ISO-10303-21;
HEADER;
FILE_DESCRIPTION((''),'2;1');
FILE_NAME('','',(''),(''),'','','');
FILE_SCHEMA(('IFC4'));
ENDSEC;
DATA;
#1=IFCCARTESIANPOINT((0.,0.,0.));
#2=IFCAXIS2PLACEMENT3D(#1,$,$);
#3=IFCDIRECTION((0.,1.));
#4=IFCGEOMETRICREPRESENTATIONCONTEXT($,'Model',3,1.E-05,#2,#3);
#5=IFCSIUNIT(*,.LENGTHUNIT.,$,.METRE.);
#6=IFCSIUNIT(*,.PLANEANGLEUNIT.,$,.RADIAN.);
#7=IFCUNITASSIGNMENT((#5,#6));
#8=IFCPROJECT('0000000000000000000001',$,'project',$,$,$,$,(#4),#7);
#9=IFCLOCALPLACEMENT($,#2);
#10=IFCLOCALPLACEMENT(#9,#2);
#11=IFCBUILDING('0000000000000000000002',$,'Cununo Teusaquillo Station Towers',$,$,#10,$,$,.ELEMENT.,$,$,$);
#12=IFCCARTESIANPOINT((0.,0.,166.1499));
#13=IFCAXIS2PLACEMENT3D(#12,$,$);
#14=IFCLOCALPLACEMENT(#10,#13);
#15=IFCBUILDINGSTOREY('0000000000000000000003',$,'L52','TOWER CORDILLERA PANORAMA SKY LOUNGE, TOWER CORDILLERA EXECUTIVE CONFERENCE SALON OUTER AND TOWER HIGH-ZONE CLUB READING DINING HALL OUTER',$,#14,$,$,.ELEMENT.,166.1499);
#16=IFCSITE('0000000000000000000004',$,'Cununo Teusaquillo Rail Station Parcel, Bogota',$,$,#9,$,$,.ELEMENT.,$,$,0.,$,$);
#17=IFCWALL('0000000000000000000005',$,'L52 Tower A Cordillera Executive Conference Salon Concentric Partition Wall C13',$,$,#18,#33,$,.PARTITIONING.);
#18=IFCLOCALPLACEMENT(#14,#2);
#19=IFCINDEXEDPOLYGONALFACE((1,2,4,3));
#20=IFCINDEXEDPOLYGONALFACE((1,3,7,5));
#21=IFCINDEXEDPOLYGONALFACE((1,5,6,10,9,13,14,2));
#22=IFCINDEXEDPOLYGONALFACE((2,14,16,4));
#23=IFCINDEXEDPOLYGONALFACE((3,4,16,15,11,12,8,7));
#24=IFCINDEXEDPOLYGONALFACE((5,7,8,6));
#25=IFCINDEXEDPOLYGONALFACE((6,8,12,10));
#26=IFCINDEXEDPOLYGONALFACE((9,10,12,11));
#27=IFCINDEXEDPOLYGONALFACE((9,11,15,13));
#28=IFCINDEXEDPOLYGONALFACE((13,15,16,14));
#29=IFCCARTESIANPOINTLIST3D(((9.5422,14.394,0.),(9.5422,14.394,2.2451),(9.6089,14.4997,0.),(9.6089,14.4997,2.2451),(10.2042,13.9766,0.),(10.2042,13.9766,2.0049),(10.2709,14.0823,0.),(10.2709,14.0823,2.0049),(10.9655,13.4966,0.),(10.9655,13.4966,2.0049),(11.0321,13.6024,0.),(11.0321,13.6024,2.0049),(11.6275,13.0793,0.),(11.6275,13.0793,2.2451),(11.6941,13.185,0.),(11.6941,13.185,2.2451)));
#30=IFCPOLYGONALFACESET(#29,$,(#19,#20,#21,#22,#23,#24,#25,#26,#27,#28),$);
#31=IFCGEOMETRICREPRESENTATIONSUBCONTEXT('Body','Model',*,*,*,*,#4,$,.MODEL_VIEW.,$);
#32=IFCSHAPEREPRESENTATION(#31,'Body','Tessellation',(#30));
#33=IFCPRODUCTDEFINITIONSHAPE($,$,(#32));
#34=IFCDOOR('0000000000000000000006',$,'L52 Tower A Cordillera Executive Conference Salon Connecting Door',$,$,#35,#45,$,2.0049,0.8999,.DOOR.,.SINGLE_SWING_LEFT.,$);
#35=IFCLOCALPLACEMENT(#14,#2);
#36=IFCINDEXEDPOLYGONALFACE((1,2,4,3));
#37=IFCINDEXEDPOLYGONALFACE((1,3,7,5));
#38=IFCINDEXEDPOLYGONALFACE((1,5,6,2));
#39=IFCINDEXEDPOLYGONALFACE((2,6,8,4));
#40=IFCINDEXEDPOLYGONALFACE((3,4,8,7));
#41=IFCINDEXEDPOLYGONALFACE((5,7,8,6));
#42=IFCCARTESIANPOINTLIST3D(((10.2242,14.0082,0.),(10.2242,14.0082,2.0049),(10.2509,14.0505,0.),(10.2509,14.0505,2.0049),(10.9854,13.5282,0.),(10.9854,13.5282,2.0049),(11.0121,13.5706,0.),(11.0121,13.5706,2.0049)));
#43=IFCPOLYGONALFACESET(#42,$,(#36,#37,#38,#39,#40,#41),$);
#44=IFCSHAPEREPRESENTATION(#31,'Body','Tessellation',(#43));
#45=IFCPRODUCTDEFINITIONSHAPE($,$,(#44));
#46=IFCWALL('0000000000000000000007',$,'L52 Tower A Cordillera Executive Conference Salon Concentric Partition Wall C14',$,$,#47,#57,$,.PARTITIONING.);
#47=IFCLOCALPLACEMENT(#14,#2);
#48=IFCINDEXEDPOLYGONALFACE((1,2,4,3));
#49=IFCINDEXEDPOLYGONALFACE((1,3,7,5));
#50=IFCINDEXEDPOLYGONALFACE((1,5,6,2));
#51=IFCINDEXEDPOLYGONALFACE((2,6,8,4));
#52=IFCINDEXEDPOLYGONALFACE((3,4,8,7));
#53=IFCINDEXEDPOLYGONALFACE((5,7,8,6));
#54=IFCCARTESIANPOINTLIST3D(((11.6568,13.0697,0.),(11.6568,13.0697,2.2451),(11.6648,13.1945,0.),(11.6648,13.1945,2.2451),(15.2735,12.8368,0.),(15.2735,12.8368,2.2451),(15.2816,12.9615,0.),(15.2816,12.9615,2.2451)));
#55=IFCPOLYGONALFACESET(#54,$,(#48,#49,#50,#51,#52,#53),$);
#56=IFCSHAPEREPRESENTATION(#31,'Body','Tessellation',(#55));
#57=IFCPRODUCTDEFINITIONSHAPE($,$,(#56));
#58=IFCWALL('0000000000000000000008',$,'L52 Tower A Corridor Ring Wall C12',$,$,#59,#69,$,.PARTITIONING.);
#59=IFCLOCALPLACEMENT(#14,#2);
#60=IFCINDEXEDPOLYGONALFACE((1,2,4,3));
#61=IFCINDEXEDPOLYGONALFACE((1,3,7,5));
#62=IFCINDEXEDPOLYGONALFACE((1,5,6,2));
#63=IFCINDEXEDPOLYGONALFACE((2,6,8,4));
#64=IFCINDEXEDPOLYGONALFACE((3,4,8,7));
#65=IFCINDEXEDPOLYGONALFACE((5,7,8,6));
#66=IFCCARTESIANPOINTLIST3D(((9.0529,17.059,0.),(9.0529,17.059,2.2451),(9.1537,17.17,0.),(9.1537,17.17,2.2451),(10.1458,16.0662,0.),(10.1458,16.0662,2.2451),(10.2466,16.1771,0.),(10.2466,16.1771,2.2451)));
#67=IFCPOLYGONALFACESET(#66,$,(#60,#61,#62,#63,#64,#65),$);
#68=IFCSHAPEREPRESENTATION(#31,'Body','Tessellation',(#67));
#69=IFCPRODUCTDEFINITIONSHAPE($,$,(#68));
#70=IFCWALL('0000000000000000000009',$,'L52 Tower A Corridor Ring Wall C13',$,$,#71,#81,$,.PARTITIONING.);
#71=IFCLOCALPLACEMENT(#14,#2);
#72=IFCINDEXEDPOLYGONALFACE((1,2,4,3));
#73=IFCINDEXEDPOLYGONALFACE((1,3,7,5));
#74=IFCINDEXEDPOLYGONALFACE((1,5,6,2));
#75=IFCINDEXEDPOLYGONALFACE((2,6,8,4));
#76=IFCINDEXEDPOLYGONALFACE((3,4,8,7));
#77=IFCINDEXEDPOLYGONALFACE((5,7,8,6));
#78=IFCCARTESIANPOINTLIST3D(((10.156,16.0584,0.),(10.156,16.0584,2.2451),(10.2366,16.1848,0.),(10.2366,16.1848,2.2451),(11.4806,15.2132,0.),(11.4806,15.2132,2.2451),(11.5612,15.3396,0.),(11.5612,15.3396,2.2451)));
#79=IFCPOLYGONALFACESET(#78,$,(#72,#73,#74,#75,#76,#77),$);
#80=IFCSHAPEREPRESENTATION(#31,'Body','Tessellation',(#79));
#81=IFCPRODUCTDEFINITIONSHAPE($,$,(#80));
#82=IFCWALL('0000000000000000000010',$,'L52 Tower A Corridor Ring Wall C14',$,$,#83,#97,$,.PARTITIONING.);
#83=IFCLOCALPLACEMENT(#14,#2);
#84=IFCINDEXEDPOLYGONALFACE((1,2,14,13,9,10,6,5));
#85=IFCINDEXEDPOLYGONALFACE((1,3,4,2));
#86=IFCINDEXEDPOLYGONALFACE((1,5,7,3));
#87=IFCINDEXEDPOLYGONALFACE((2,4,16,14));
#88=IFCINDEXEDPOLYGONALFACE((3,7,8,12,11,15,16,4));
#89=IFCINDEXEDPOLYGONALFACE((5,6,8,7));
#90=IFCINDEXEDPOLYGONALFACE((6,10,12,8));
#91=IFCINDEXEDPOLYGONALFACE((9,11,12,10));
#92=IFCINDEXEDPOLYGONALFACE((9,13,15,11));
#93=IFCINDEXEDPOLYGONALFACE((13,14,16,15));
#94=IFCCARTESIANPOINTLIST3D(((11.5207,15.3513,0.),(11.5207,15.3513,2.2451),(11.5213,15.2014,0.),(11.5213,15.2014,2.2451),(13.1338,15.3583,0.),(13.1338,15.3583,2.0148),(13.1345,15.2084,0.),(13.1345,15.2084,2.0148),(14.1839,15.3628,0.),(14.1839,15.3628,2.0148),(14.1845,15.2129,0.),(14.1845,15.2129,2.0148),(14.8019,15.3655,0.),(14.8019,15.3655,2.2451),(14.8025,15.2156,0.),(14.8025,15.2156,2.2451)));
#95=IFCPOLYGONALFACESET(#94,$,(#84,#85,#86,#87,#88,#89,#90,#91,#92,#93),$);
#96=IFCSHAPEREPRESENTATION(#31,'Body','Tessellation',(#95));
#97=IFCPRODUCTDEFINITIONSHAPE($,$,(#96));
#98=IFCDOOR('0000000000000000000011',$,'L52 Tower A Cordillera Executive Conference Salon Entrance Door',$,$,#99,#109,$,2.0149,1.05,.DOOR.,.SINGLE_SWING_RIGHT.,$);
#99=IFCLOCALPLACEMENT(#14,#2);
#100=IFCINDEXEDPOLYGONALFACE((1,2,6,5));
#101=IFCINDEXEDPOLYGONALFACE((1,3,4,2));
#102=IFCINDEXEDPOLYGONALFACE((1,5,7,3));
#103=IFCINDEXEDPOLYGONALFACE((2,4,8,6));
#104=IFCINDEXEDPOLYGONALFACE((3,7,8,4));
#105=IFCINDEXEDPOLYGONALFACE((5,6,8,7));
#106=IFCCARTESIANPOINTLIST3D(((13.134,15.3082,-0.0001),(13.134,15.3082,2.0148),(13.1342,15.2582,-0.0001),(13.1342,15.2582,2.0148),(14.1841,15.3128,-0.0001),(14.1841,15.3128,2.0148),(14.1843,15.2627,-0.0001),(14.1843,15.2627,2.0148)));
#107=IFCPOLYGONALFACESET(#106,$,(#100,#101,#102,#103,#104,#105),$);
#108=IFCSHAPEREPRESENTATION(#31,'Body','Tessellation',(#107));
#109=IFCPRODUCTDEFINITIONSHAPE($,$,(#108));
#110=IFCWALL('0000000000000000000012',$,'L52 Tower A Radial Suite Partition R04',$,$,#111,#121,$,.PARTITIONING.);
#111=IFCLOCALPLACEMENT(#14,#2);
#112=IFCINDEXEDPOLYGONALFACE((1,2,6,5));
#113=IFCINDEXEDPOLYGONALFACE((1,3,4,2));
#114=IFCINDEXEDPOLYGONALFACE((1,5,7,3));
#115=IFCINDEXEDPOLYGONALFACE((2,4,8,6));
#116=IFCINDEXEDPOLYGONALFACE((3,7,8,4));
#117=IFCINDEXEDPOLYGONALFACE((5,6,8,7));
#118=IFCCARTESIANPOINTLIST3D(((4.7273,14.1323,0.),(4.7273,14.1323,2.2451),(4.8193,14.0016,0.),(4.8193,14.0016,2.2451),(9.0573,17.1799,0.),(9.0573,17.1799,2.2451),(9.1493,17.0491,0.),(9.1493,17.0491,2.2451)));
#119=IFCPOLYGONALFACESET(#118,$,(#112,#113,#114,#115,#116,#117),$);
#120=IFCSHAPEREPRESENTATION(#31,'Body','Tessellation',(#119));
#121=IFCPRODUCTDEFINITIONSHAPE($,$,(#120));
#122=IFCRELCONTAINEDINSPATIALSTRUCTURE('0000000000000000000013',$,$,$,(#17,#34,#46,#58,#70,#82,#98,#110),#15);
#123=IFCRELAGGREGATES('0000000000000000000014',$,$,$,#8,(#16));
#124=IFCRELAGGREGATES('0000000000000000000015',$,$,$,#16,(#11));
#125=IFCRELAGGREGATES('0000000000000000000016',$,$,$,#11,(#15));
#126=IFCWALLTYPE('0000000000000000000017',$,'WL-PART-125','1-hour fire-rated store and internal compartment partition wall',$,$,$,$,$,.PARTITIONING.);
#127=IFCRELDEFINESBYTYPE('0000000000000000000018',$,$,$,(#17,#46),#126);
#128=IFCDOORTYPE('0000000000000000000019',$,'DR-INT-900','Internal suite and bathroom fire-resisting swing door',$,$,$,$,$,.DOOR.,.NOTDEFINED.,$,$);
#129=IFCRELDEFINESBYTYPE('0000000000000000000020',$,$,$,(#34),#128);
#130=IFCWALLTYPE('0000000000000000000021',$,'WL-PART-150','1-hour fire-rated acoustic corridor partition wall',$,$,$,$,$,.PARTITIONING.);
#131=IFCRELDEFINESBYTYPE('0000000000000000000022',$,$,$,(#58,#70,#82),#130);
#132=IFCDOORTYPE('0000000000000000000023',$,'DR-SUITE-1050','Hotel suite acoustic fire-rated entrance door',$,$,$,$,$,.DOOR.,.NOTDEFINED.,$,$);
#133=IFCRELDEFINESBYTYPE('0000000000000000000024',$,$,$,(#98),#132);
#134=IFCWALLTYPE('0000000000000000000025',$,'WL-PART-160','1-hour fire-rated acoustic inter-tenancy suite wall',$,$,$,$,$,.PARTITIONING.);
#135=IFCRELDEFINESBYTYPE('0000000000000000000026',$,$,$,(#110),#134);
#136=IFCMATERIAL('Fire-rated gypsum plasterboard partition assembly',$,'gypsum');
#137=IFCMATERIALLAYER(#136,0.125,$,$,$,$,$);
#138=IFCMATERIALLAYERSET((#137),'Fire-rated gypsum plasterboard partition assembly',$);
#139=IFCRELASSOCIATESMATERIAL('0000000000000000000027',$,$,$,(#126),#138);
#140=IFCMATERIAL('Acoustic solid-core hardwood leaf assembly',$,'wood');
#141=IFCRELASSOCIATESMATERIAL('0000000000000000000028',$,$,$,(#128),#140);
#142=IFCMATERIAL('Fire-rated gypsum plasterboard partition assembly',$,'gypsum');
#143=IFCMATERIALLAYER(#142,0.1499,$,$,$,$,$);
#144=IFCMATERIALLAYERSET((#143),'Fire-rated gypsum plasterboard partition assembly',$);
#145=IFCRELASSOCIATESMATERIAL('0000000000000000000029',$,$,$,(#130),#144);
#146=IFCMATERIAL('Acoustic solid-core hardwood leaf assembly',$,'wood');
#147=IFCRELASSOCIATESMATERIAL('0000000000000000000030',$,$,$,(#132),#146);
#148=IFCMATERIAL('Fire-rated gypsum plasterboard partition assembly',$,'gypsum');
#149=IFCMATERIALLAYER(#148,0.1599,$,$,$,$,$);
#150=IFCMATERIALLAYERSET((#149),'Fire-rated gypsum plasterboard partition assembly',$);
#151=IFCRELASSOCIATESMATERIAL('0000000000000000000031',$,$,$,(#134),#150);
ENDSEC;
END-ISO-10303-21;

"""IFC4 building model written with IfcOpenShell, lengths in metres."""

from ifc_helpers import new_model, si_unit, direction, frame, frame_2d, origin, place, context, subcontext, project, spatial, rectangle, extrude, source, transform, mapped, material, layer, layer_set, type_object, element, fill, save


model = new_model("IFC4")

# Units and contexts
model_context = context("Model", 3, precision=1e-05, world=origin(), true_north=direction((0.0, 1.0)))
body_context = subcontext(model_context, "Body", "Model", "MODEL_VIEW")
ifc_project = project(units=[si_unit("LENGTHUNIT", "METRE"), si_unit("PLANEANGLEUNIT", "RADIAN")], contexts=[model_context])

# Site, building, storey
site_placement = place(None, origin())
site = spatial("IfcSite", under=ifc_project, at=site_placement, Name="Cununo Teusaquillo Rail Station Parcel, Bogota", CompositionType="ELEMENT", RefElevation=0.0)
building_placement = place(site_placement, origin())
building = spatial("IfcBuilding", under=site, at=building_placement, Name="Cununo Teusaquillo Station Towers", CompositionType="ELEMENT")
storey_placement = place(building_placement, frame((0.0, 0.0, 166.1499)))
storey = spatial("IfcBuildingStorey", under=building, at=storey_placement, Name="L52", Description="TOWER CORDILLERA PANORAMA SKY LOUNGE, TOWER CORDILLERA EXECUTIVE CONFERENCE SALON OUTER AND TOWER HIGH-ZONE CLUB READING DINING HALL OUTER", CompositionType="ELEMENT", Elevation=166.1499)

# Shared definitions
ifc_material_1 = material(Name="Fire-rated gypsum plasterboard partition assembly", Category="gypsum")
ifc_layer_1 = layer(ifc_material_1, 0.125)
ifc_layer_set_1 = layer_set([ifc_layer_1], Name="Fire-rated gypsum plasterboard partition assembly")
wall_type_1 = type_object("IfcWallType", Name="WL-PART-125", Description="1-hour fire-rated store and internal compartment partition wall", PredefinedType="PARTITIONING", material=ifc_layer_set_1)

# Wall, opening, door
wall_1_placement = place(storey_placement, frame((9.5757, 14.4468, 0.0), z_axis=(0.0, 0.0, 1.0), x_axis=(0.845905, -0.533333, 0.0)))
wall_1 = element("IfcWall", 1, at=wall_1_placement, inside=storey, type_object=wall_type_1, Name="L52 Tower A Cordillera Executive Conference Salon Concentric Partition Wall C13", PredefinedType="PARTITIONING", context=body_context, shape_type="SweptSolid", body=[
    extrude(rectangle(XDim=2.4651, YDim=0.125, at=frame_2d((1.2324, 0.0))), origin(), (0.0, 0.0, 1.0), 2.2451),
])
shared_shape_1 = source(origin(), body_context, "Body", "SweptSolid", [
    extrude(rectangle(XDim=0.8999, YDim=2.0049, at=frame_2d((0.45, 1.0024))), frame((0.0, 0.0725, 0.0), z_axis=(0.0, -1.0, 0.0), x_axis=(1.0, 0.0, 0.0)), (0.0, 0.0, 1.0), 0.145),
])
opening_1_placement = place(wall_1_placement, frame((0.7825, 0.0, 0.0)))
opening_1 = element("IfcOpeningElement", 2, at=opening_1_placement, cuts=wall_1, PredefinedType="OPENING", context=body_context, shape_type="MappedRepresentation", body=[
    mapped(shared_shape_1, transform((0.0, 0.0, 0.0), x_axis=(1.0, 0.0, 0.0), y_axis=(0.0, 1.0, 0.0), z_axis=(0.0, 0.0, 1.0), scale=1.0)),
])
ifc_material_2 = material(Name="Acoustic solid-core hardwood leaf assembly", Category="wood")
door_type_1 = type_object("IfcDoorType", Name="DR-INT-900", Description="Internal suite and bathroom fire-resisting swing door", OperationType="NOTDEFINED", PredefinedType="DOOR", material=ifc_material_2)
shared_shape_2 = source(origin(), body_context, "Body", "SweptSolid", [
    extrude(rectangle(XDim=0.8999, YDim=2.0049, at=frame_2d((0.45, 1.0024))), frame((0.0, 0.0249, 0.0), z_axis=(0.0, -1.0, 0.0), x_axis=(1.0, 0.0, 0.0)), (0.0, 0.0, 1.0), 0.05),
])
door_1_placement = place(opening_1_placement, origin())
door_1 = element("IfcDoor", 3, at=door_1_placement, inside=storey, type_object=door_type_1, Name="L52 Tower A Cordillera Executive Conference Salon Connecting Door", OperationType="SINGLE_SWING_LEFT", OverallHeight=2.0049, OverallWidth=0.8999, PredefinedType="DOOR", context=body_context, shape_type="MappedRepresentation", body=[
    mapped(shared_shape_2, transform((0.0, 0.0, 0.0), x_axis=(1.0, 0.0, 0.0), y_axis=(0.0, 1.0, 0.0), z_axis=(0.0, 0.0, 1.0), scale=1.0)),
])
fill(opening_1, door_1)

# Walls
wall_2_placement = place(storey_placement, frame((11.6609, 13.1321, 0.0), z_axis=(0.0, 0.0, 1.0), x_axis=(0.997933, -0.064265, 0.0)))
element("IfcWall", 4, at=wall_2_placement, inside=storey, type_object=wall_type_1, Name="L52 Tower A Cordillera Executive Conference Salon Concentric Partition Wall C14", PredefinedType="PARTITIONING", context=body_context, shape_type="SweptSolid", body=[
    extrude(rectangle(XDim=3.6243, YDim=0.125, at=frame_2d((1.812, 0.0))), origin(), (0.0, 0.0, 1.0), 2.2451),
])
ifc_material_3 = material(Name="Fire-rated gypsum plasterboard partition assembly", Category="gypsum")
ifc_layer_2 = layer(ifc_material_3, 0.1499)
ifc_layer_set_2 = layer_set([ifc_layer_2], Name="Fire-rated gypsum plasterboard partition assembly")
wall_type_2 = type_object("IfcWallType", Name="WL-PART-150", Description="1-hour fire-rated acoustic corridor partition wall", PredefinedType="PARTITIONING", material=ifc_layer_set_2)
wall_3_placement = place(storey_placement, frame((9.1033, 17.1145, 0.0), z_axis=(0.0, 0.0, 1.0), x_axis=(0.740187, -0.672401, 0.0)))
element("IfcWall", 5, at=wall_3_placement, inside=storey, type_object=wall_type_2, Name="L52 Tower A Corridor Ring Wall C12", PredefinedType="PARTITIONING", context=body_context, shape_type="SweptSolid", body=[
    extrude(rectangle(XDim=1.4766, YDim=0.1499, at=frame_2d((0.7383, 0.0))), origin(), (0.0, 0.0, 1.0), 2.2451),
])
wall_4_placement = place(storey_placement, frame((10.1963, 16.1216, 0.0), z_axis=(0.0, 0.0, 1.0), x_axis=(0.843021, -0.53788, 0.0)))
element("IfcWall", 6, at=wall_4_placement, inside=storey, type_object=wall_type_2, Name="L52 Tower A Corridor Ring Wall C13", PredefinedType="PARTITIONING", context=body_context, shape_type="SweptSolid", body=[
    extrude(rectangle(XDim=1.5713, YDim=0.1499, at=frame_2d((0.7856, 0.0))), origin(), (0.0, 0.0, 1.0), 2.2451),
])

# Wall, opening, door
wall_5_placement = place(storey_placement, frame((11.521, 15.2764, 0.0), z_axis=(0.0, 0.0, 1.0), x_axis=(0.999991, 0.004315, 0.0)))
wall_5 = element("IfcWall", 7, at=wall_5_placement, inside=storey, type_object=wall_type_2, Name="L52 Tower A Corridor Ring Wall C14", PredefinedType="PARTITIONING", context=body_context, shape_type="SweptSolid", body=[
    extrude(rectangle(XDim=3.2812, YDim=0.1499, at=frame_2d((1.6406, 0.0))), origin(), (0.0, 0.0, 1.0), 2.2451),
])
shared_shape_3 = source(origin(), body_context, "Body", "SweptSolid", [
    extrude(rectangle(XDim=1.05, YDim=2.0149, at=frame_2d((0.5249, 1.0073))), frame((0.0, 0.085, 0.0), z_axis=(0.0, -1.0, 0.0), x_axis=(1.0, 0.0, 0.0)), (0.0, 0.0, 1.0), 0.1699),
])
opening_2_placement = place(wall_5_placement, frame((1.6133, 0.0, 0.0)))
opening_2 = element("IfcOpeningElement", 8, at=opening_2_placement, cuts=wall_5, PredefinedType="OPENING", context=body_context, shape_type="MappedRepresentation", body=[
    mapped(shared_shape_3, transform((0.0, 0.0, 0.0), x_axis=(1.0, 0.0, 0.0), y_axis=(0.0, 1.0, 0.0), z_axis=(0.0, 0.0, 1.0), scale=1.0)),
])
ifc_material_4 = material(Name="Acoustic solid-core hardwood leaf assembly", Category="wood")
door_type_2 = type_object("IfcDoorType", Name="DR-SUITE-1050", Description="Hotel suite acoustic fire-rated entrance door", OperationType="NOTDEFINED", PredefinedType="DOOR", material=ifc_material_4)
shared_shape_4 = source(origin(), body_context, "Body", "SweptSolid", [
    extrude(rectangle(XDim=1.05, YDim=2.0149, at=frame_2d((0.5249, 1.0073))), frame((0.0, 0.0249, 0.0), z_axis=(0.0, -1.0, 0.0), x_axis=(1.0, 0.0, 0.0)), (0.0, 0.0, 1.0), 0.05),
])
door_2_placement = place(opening_2_placement, origin())
door_2 = element("IfcDoor", 9, at=door_2_placement, inside=storey, type_object=door_type_2, Name="L52 Tower A Cordillera Executive Conference Salon Entrance Door", OperationType="SINGLE_SWING_RIGHT", OverallHeight=2.0149, OverallWidth=1.05, PredefinedType="DOOR", context=body_context, shape_type="MappedRepresentation", body=[
    mapped(shared_shape_4, transform((0.0, 0.0, 0.0), x_axis=(1.0, 0.0, 0.0), y_axis=(0.0, 1.0, 0.0), z_axis=(0.0, 0.0, 1.0), scale=1.0)),
])
fill(opening_2, door_2)

# Wall
ifc_material_5 = material(Name="Fire-rated gypsum plasterboard partition assembly", Category="gypsum")
ifc_layer_3 = layer(ifc_material_5, 0.1599)
ifc_layer_set_3 = layer_set([ifc_layer_3], Name="Fire-rated gypsum plasterboard partition assembly")
wall_type_3 = type_object("IfcWallType", Name="WL-PART-160", Description="1-hour fire-rated acoustic inter-tenancy suite wall", PredefinedType="PARTITIONING", material=ifc_layer_set_3)
wall_6_placement = place(storey_placement, frame((9.1033, 17.1145, 0.0), z_axis=(0.0, 0.0, 1.0), x_axis=(-0.817761, -0.575559, 0.0)))
element("IfcWall", 10, at=wall_6_placement, inside=storey, type_object=wall_type_3, Name="L52 Tower A Radial Suite Partition R04", PredefinedType="PARTITIONING", context=body_context, shape_type="SweptSolid", body=[
    extrude(rectangle(XDim=5.2949, YDim=0.1599, at=frame_2d((2.6475, 0.0))), origin(), (0.0, 0.0, 1.0), 2.2451),
])

save(model, "model.ifc")
